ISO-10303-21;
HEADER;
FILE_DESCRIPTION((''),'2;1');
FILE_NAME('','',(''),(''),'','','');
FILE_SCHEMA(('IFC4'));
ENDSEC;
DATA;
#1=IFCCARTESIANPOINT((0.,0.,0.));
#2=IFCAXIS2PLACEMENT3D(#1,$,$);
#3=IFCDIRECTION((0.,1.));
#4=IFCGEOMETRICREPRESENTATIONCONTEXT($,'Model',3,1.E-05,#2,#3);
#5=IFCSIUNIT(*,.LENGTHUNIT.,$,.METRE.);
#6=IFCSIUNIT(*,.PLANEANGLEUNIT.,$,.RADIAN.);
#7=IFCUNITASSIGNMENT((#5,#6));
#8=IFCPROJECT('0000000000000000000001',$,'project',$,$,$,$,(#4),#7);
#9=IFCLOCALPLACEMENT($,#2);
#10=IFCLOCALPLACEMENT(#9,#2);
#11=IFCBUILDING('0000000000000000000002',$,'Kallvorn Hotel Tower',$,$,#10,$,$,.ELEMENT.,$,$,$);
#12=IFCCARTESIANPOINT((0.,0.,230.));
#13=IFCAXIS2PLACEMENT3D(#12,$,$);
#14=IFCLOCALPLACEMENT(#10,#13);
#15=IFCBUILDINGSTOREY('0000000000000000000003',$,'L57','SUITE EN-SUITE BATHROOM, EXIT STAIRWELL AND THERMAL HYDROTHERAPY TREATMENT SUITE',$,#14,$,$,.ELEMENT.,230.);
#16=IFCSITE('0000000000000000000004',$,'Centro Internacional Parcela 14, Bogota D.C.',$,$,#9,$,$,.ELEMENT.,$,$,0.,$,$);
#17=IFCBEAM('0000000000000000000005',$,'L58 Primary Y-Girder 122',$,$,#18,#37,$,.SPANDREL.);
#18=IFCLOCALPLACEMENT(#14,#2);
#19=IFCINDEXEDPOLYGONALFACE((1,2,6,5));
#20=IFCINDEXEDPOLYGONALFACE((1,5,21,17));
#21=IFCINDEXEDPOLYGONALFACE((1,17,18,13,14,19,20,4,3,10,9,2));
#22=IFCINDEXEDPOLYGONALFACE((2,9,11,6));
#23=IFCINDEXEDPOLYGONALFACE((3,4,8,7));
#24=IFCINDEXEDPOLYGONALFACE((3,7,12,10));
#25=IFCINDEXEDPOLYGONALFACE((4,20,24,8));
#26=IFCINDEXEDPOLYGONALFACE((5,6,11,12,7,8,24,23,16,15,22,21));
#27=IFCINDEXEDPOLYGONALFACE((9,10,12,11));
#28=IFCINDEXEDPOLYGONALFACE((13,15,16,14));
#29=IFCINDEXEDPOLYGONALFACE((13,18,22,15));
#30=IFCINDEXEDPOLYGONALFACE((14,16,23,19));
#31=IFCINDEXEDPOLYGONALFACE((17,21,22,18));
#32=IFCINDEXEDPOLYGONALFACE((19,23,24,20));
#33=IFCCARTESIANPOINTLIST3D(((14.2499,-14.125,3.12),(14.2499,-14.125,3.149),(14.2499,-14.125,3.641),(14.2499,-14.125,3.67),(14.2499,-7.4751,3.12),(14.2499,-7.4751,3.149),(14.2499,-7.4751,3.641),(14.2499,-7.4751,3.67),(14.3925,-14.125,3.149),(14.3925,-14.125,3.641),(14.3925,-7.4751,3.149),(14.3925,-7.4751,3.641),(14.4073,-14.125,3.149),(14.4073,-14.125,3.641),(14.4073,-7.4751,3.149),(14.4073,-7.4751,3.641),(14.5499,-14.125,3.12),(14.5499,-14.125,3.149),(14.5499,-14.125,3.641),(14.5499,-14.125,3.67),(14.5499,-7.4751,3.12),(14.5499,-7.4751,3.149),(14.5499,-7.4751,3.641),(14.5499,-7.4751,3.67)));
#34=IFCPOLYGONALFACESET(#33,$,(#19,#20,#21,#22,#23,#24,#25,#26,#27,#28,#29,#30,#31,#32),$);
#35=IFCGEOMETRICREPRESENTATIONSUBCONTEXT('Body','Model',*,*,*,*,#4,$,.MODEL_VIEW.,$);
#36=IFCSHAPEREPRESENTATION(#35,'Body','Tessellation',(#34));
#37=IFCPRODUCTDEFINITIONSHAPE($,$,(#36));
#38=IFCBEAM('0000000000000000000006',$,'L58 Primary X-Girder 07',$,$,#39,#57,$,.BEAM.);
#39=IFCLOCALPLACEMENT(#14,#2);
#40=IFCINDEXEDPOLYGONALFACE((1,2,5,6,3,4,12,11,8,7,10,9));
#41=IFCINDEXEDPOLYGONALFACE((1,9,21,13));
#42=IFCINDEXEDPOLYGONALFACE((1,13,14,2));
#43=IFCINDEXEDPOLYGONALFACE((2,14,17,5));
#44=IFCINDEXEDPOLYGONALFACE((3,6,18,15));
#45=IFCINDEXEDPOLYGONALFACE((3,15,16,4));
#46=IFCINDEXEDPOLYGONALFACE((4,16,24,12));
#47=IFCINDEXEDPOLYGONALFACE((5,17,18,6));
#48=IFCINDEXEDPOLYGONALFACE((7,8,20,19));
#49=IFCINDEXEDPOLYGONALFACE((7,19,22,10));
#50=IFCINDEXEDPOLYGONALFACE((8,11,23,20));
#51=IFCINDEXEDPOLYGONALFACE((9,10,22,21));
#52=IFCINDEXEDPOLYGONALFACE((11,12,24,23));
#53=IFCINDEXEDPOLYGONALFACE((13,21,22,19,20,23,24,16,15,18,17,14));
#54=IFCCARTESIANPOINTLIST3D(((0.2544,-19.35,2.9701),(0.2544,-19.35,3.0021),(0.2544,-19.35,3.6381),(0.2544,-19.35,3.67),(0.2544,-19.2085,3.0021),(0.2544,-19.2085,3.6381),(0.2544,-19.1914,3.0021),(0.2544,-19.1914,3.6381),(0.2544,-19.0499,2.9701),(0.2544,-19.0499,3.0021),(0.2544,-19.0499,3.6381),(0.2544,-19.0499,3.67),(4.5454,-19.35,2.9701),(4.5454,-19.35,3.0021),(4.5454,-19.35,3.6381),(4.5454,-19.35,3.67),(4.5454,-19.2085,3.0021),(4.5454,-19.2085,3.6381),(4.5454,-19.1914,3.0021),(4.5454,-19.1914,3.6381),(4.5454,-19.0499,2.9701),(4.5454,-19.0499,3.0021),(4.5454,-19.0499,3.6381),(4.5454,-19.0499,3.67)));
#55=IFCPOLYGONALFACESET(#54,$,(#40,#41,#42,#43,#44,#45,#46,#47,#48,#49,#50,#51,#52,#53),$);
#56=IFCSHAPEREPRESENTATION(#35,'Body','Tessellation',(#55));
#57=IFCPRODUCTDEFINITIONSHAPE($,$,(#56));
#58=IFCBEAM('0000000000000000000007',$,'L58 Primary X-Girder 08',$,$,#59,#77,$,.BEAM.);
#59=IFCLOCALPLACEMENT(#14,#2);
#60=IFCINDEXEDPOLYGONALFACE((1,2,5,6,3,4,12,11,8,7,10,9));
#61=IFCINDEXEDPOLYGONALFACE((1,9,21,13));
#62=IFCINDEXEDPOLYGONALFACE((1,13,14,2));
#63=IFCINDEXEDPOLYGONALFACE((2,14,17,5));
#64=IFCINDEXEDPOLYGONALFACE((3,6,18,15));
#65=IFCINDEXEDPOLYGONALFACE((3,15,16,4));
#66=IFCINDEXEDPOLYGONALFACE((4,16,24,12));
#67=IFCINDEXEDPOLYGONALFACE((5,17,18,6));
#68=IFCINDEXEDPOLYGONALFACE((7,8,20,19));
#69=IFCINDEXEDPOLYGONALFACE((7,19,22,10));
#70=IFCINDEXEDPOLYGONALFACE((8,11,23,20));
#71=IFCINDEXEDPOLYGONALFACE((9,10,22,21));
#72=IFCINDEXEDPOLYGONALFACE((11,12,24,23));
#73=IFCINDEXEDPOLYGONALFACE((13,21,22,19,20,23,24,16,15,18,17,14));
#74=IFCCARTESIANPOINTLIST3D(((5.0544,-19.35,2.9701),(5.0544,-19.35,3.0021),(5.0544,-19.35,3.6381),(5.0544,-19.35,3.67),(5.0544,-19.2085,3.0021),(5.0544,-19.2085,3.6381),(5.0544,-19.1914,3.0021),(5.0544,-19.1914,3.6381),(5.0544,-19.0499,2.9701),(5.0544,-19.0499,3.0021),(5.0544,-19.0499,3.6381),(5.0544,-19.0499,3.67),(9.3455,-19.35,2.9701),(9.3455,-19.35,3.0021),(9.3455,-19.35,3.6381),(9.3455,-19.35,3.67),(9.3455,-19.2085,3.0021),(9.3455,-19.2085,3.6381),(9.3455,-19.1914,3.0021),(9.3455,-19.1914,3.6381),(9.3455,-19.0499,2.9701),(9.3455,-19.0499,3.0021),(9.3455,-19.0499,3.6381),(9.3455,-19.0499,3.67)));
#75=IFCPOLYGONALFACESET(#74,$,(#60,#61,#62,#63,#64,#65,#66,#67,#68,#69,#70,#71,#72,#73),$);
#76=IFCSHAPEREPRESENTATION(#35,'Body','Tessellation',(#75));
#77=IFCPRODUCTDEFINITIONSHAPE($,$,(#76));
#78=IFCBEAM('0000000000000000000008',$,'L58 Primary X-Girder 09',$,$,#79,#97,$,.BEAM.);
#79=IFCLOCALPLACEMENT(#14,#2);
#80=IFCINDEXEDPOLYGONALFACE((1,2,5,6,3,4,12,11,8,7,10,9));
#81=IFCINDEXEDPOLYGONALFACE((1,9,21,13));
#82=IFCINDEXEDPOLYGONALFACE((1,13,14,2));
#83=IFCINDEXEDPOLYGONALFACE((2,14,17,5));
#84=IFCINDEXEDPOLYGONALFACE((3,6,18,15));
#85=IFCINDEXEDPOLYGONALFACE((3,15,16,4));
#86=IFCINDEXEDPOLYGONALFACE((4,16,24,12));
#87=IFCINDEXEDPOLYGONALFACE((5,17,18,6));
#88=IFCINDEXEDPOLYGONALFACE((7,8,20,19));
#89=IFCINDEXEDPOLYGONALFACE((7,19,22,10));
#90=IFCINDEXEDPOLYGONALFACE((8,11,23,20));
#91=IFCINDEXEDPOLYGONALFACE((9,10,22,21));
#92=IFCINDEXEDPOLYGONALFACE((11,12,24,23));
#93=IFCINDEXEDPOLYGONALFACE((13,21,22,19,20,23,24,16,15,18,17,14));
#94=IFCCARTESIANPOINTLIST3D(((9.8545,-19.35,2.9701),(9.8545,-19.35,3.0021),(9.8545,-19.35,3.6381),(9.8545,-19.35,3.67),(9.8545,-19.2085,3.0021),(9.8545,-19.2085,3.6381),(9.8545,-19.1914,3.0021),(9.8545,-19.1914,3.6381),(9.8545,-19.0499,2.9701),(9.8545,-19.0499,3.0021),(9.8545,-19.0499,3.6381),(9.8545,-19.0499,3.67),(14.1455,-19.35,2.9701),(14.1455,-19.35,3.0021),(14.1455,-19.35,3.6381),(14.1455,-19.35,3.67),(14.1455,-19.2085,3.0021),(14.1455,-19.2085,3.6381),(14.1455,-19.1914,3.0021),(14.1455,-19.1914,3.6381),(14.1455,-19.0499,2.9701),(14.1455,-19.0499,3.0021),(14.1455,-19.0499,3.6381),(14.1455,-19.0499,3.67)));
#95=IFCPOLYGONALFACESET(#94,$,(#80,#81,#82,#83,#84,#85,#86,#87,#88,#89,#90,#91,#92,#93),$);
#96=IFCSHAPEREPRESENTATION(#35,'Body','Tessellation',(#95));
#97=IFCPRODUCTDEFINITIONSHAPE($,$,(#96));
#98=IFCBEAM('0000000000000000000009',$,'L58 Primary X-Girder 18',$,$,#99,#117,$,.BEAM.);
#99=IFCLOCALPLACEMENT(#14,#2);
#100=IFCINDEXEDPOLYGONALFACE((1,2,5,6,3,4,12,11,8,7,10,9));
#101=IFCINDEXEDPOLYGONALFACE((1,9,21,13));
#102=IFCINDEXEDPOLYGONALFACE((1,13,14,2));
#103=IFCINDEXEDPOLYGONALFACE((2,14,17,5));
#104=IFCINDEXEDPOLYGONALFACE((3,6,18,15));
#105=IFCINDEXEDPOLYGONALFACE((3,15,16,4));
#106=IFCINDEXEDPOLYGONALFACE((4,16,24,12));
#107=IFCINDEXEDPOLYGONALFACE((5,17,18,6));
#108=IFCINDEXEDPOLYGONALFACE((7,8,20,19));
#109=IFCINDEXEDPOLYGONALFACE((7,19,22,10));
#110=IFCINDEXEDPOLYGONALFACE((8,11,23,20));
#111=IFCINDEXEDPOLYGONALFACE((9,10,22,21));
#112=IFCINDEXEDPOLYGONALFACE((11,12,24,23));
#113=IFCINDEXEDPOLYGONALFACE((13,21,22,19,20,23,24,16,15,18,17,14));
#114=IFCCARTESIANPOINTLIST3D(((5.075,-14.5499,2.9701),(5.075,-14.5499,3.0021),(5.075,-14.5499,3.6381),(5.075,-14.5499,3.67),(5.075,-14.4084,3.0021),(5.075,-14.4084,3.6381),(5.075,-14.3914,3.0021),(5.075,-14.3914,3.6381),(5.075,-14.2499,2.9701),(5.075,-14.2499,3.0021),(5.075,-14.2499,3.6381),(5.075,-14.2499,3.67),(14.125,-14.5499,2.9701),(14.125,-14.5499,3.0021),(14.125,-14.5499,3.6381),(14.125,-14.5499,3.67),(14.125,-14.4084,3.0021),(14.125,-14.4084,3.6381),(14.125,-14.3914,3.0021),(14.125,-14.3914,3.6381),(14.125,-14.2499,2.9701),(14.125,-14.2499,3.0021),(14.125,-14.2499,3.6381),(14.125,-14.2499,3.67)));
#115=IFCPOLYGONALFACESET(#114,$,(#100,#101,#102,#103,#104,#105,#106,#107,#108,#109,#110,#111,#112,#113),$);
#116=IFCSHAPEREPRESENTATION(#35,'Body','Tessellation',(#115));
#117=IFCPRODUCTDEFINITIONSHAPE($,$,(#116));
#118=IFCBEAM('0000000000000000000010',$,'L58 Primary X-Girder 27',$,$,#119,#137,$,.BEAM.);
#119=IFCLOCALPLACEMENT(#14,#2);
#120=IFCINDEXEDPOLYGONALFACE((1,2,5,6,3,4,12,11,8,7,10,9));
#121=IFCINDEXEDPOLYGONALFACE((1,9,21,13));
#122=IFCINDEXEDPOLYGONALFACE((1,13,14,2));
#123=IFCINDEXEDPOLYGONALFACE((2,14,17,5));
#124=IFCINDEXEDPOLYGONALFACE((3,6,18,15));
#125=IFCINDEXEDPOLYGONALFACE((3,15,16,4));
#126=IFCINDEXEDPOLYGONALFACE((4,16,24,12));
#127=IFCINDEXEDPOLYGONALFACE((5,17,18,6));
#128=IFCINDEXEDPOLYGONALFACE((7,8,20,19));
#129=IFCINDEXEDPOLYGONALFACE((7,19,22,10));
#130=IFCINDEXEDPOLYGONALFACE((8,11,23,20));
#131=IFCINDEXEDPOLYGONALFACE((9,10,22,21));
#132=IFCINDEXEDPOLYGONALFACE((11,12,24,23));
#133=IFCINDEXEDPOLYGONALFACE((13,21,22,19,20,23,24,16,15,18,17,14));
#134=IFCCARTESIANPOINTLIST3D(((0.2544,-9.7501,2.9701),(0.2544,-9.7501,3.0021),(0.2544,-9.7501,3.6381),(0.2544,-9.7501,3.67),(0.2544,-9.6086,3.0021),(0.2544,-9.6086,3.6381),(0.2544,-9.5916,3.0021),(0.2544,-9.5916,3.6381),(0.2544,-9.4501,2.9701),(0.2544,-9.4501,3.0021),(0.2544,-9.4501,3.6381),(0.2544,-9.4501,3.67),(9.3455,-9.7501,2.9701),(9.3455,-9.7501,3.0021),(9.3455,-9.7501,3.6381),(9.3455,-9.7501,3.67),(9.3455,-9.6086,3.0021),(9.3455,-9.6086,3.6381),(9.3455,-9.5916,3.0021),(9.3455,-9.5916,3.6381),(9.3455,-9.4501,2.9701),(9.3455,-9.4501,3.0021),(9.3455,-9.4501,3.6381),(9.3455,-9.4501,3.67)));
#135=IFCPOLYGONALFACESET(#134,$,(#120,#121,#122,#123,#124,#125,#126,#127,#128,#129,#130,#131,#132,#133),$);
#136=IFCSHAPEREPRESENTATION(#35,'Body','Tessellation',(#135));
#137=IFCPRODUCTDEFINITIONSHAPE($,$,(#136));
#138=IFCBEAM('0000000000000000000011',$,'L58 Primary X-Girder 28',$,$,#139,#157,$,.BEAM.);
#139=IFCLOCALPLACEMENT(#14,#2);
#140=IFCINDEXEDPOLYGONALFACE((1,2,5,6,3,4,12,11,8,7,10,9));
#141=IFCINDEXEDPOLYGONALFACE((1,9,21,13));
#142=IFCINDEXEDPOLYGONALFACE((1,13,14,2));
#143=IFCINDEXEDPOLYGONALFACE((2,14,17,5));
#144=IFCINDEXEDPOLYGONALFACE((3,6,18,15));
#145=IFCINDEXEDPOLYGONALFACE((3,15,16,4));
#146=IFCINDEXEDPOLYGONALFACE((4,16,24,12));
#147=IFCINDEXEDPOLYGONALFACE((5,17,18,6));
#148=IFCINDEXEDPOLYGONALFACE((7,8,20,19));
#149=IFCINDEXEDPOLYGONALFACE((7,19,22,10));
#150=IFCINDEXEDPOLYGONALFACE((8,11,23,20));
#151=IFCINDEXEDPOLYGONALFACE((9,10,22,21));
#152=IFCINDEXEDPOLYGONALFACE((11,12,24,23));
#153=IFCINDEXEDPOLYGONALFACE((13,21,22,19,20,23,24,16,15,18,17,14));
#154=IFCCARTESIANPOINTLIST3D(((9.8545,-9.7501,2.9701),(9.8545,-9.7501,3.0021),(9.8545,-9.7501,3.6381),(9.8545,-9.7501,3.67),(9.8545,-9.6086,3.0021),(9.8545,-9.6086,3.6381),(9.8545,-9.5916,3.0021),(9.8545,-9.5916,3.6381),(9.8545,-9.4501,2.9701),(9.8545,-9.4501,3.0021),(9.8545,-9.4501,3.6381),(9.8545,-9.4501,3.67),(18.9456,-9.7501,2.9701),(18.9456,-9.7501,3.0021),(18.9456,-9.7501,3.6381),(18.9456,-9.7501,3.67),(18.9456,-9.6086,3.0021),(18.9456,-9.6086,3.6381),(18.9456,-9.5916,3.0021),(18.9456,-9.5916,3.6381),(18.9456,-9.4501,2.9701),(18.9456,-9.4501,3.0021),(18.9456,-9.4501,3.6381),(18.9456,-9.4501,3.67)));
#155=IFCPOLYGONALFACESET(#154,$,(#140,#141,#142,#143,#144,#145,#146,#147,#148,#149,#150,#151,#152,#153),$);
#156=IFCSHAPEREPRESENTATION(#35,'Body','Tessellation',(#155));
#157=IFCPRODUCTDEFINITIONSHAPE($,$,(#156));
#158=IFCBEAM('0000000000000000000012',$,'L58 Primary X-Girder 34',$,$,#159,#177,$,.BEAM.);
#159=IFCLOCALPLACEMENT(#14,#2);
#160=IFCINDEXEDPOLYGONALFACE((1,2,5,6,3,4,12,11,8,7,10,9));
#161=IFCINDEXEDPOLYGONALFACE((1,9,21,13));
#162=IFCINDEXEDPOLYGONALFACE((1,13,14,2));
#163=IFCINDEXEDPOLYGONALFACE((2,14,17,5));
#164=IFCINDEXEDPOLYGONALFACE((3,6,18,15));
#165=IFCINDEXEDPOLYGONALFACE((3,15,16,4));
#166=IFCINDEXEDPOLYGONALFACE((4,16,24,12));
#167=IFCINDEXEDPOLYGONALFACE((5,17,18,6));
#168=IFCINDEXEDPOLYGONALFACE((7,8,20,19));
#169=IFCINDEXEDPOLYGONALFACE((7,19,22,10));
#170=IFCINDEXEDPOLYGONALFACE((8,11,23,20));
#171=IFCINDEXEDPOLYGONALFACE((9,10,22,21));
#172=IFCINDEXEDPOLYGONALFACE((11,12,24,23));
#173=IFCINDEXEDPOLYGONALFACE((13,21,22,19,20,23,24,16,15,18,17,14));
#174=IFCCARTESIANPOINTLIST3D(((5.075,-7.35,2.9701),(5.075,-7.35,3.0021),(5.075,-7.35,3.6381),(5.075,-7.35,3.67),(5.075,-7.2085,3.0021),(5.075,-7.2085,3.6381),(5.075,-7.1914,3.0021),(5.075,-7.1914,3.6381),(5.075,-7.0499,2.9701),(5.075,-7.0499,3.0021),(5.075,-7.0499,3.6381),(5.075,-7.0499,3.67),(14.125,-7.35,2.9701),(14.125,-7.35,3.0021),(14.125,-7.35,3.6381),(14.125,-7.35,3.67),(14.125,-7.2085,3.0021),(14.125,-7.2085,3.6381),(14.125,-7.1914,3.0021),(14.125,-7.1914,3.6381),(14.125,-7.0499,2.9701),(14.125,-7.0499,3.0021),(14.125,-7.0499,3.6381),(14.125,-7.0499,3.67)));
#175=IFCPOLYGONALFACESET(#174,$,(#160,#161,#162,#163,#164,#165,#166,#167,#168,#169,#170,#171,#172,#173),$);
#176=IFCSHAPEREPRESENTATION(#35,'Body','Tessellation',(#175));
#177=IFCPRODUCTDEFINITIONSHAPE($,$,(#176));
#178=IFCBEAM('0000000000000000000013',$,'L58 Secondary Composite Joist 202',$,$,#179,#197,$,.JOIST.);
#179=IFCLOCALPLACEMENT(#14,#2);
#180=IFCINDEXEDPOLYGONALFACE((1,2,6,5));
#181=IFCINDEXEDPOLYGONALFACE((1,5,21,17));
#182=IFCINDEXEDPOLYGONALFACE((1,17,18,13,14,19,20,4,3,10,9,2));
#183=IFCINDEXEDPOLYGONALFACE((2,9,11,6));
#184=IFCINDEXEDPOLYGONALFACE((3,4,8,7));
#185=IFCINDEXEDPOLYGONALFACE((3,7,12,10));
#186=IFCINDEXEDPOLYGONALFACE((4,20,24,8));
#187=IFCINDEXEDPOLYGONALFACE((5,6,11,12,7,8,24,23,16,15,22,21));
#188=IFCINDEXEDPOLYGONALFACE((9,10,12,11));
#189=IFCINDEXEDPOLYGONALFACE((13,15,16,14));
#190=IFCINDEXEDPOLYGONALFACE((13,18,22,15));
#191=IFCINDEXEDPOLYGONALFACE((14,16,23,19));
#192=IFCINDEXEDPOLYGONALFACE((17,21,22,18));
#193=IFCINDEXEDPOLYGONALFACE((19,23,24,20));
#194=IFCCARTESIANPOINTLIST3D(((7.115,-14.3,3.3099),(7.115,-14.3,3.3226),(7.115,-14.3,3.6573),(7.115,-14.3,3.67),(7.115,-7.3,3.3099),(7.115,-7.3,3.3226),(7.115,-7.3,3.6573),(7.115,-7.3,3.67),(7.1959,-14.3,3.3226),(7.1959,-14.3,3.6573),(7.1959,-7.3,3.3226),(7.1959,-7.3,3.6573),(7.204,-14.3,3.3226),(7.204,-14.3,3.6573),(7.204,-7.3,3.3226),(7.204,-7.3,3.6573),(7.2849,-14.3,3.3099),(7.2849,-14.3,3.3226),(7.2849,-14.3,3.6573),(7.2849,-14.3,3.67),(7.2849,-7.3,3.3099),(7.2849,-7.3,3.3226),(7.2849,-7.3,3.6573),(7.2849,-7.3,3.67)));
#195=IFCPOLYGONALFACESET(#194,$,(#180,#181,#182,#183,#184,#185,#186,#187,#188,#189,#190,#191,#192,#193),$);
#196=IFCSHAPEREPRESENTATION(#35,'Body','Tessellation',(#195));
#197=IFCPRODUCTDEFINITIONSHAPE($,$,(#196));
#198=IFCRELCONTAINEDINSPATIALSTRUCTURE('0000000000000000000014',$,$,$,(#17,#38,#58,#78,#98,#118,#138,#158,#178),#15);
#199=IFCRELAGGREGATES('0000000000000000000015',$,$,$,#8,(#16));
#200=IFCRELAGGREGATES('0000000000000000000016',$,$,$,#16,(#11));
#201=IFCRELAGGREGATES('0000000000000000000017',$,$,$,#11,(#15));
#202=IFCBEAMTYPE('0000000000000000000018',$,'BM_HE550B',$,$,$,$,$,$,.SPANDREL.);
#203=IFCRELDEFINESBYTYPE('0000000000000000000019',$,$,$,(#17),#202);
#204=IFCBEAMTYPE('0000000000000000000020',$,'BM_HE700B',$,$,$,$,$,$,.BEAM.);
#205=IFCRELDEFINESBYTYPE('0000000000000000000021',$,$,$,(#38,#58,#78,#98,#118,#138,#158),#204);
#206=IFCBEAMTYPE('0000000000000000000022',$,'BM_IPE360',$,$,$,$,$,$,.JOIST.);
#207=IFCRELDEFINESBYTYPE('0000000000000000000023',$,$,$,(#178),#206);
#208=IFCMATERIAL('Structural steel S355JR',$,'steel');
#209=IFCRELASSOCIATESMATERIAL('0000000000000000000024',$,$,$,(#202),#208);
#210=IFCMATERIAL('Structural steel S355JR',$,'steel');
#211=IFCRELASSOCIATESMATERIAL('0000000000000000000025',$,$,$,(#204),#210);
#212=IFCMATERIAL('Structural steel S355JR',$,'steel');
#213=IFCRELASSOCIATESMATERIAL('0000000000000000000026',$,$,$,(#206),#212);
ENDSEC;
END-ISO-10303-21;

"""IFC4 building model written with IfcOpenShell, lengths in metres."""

from ifc_helpers import new_model, si_unit, direction, frame, origin, origin_2d, place, context, subcontext, project, spatial, i_section, extrude, material, material_profile, profile_set, type_object, element, save


model = new_model("IFC4")

# Units and contexts
model_context = context("Model", 3, precision=1e-05, world=origin(), true_north=direction((0.0, 1.0)))
body_context = subcontext(model_context, "Body", "Model", "MODEL_VIEW")
ifc_project = project(units=[si_unit("LENGTHUNIT", "METRE"), si_unit("PLANEANGLEUNIT", "RADIAN")], contexts=[model_context])

# Site, building, storey
site_placement = place(None, origin())
site = spatial("IfcSite", under=ifc_project, at=site_placement, Name="Centro Internacional Parcela 14, Bogota D.C.", CompositionType="ELEMENT", RefElevation=0.0)
building_placement = place(site_placement, origin())
building = spatial("IfcBuilding", under=site, at=building_placement, Name="Kallvorn Hotel Tower", CompositionType="ELEMENT")
storey_placement = place(building_placement, frame((0.0, 0.0, 230.0)))
storey = spatial("IfcBuildingStorey", under=building, at=storey_placement, Name="L57", Description="SUITE EN-SUITE BATHROOM, EXIT STAIRWELL AND THERMAL HYDROTHERAPY TREATMENT SUITE", CompositionType="ELEMENT", Elevation=230.0)

# Beams
ifc_material_1 = material(Name="Structural steel S355JR", Category="steel")
ifc_material_profile_1 = material_profile(ifc_material_1, i_section(OverallWidth=0.3, OverallDepth=0.55, WebThickness=0.0149, FlangeThickness=0.0291, at=origin_2d()), Name="HE 550 B")
ifc_profile_set_1 = profile_set([ifc_material_profile_1], Name="Structural steel S355JR")
beam_type_1 = type_object("IfcBeamType", Name="BM_HE550B", PredefinedType="SPANDREL", material=ifc_profile_set_1)
beam_1_placement = place(storey_placement, frame((14.3999, -14.125, 3.395), z_axis=(0.0, 1.0, 0.0), x_axis=(-1.0, 0.0, 0.0)))
element("IfcBeam", 1, at=beam_1_placement, inside=storey, type_object=beam_type_1, Name="L58 Primary Y-Girder 122", PredefinedType="SPANDREL", context=body_context, shape_type="SweptSolid", body=[
    extrude(i_section(OverallWidth=0.3, OverallDepth=0.55, WebThickness=0.0149, FlangeThickness=0.0291, at=origin_2d()), origin(), (0.0, 0.0, 1.0), 6.6499),
])
ifc_material_2 = material(Name="Structural steel S355JR", Category="steel")
ifc_material_profile_2 = material_profile(ifc_material_2, i_section(OverallWidth=0.3, OverallDepth=0.7, WebThickness=0.0171, FlangeThickness=0.032, at=origin_2d()), Name="HE 700 B")
ifc_profile_set_2 = profile_set([ifc_material_profile_2], Name="Structural steel S355JR")
beam_type_2 = type_object("IfcBeamType", Name="BM_HE700B", PredefinedType="BEAM", material=ifc_profile_set_2)
for number, where, z_axis, x_axis, name in (
    (2, (0.2544, -19.2, 3.3201), (1.0, 0.0, 0.0), (0.0, 1.0, 0.0), "L58 Primary X-Girder 07"),
    (3, (5.0544, -19.2, 3.3201), (1.0, 0.0, 0.0), (0.0, 1.0, 0.0), "L58 Primary X-Girder 08"),
    (4, (9.8545, -19.2, 3.3201), (1.0, 0.0, 0.0), (0.0, 1.0, 0.0), "L58 Primary X-Girder 09"),
):
    element("IfcBeam", number, at=place(storey_placement, frame(where, z_axis=z_axis, x_axis=x_axis)), inside=storey, type_object=beam_type_2, Name=name, PredefinedType="BEAM", context=body_context, shape_type="SweptSolid", body=[
        extrude(i_section(OverallWidth=0.3, OverallDepth=0.7, WebThickness=0.0171, FlangeThickness=0.032, at=origin_2d()), origin(), (0.0, 0.0, 1.0), 4.291),
    ])
beam_2_placement = place(storey_placement, frame((5.075, -14.3999, 3.3201), z_axis=(1.0, 0.0, 0.0), x_axis=(0.0, 1.0, 0.0)))
element("IfcBeam", 5, at=beam_2_placement, inside=storey, type_object=beam_type_2, Name="L58 Primary X-Girder 18", PredefinedType="BEAM", context=body_context, shape_type="SweptSolid", body=[
    extrude(i_section(OverallWidth=0.3, OverallDepth=0.7, WebThickness=0.0171, FlangeThickness=0.032, at=origin_2d()), origin(), (0.0, 0.0, 1.0), 9.05),
])
for number, where, z_axis, x_axis, name in (
    (6, (0.2544, -9.6001, 3.3201), (1.0, 0.0, 0.0), (0.0, 1.0, 0.0), "L58 Primary X-Girder 27"),
    (7, (9.8545, -9.6001, 3.3201), (1.0, 0.0, 0.0), (0.0, 1.0, 0.0), "L58 Primary X-Girder 28"),
):
    element("IfcBeam", number, at=place(storey_placement, frame(where, z_axis=z_axis, x_axis=x_axis)), inside=storey, type_object=beam_type_2, Name=name, PredefinedType="BEAM", context=body_context, shape_type="SweptSolid", body=[
        extrude(i_section(OverallWidth=0.3, OverallDepth=0.7, WebThickness=0.0171, FlangeThickness=0.032, at=origin_2d()), origin(), (0.0, 0.0, 1.0), 9.0911),
    ])
beam_3_placement = place(storey_placement, frame((5.075, -7.2, 3.3201), z_axis=(1.0, 0.0, 0.0), x_axis=(0.0, 1.0, 0.0)))
element("IfcBeam", 8, at=beam_3_placement, inside=storey, type_object=beam_type_2, Name="L58 Primary X-Girder 34", PredefinedType="BEAM", context=body_context, shape_type="SweptSolid", body=[
    extrude(i_section(OverallWidth=0.3, OverallDepth=0.7, WebThickness=0.0171, FlangeThickness=0.032, at=origin_2d()), origin(), (0.0, 0.0, 1.0), 9.05),
])
ifc_material_3 = material(Name="Structural steel S355JR", Category="steel")
ifc_material_profile_3 = material_profile(ifc_material_3, i_section(OverallWidth=0.1699, OverallDepth=0.3601, WebThickness=0.0081, FlangeThickness=0.0127, at=origin_2d()), Name="IPE 360")
ifc_profile_set_3 = profile_set([ifc_material_profile_3], Name="Structural steel S355JR")
beam_type_3 = type_object("IfcBeamType", Name="BM_IPE360", PredefinedType="JOIST", material=ifc_profile_set_3)
for number, where, z_axis, x_axis, name in (
    (9, (7.2, -14.3, 3.49), (0.0, 1.0, 0.0), (-1.0, 0.0, 0.0), "L58 Secondary Composite Joist 202"),
):
    element("IfcBeam", number, at=place(storey_placement, frame(where, z_axis=z_axis, x_axis=x_axis)), inside=storey, type_object=beam_type_3, Name=name, PredefinedType="JOIST", context=body_context, shape_type="SweptSolid", body=[
        extrude(i_section(OverallWidth=0.1699, OverallDepth=0.3601, WebThickness=0.0081, FlangeThickness=0.0127, at=origin_2d()), origin(), (0.0, 0.0, 1.0), 7.0),
    ])

save(model, "model.ifc")
